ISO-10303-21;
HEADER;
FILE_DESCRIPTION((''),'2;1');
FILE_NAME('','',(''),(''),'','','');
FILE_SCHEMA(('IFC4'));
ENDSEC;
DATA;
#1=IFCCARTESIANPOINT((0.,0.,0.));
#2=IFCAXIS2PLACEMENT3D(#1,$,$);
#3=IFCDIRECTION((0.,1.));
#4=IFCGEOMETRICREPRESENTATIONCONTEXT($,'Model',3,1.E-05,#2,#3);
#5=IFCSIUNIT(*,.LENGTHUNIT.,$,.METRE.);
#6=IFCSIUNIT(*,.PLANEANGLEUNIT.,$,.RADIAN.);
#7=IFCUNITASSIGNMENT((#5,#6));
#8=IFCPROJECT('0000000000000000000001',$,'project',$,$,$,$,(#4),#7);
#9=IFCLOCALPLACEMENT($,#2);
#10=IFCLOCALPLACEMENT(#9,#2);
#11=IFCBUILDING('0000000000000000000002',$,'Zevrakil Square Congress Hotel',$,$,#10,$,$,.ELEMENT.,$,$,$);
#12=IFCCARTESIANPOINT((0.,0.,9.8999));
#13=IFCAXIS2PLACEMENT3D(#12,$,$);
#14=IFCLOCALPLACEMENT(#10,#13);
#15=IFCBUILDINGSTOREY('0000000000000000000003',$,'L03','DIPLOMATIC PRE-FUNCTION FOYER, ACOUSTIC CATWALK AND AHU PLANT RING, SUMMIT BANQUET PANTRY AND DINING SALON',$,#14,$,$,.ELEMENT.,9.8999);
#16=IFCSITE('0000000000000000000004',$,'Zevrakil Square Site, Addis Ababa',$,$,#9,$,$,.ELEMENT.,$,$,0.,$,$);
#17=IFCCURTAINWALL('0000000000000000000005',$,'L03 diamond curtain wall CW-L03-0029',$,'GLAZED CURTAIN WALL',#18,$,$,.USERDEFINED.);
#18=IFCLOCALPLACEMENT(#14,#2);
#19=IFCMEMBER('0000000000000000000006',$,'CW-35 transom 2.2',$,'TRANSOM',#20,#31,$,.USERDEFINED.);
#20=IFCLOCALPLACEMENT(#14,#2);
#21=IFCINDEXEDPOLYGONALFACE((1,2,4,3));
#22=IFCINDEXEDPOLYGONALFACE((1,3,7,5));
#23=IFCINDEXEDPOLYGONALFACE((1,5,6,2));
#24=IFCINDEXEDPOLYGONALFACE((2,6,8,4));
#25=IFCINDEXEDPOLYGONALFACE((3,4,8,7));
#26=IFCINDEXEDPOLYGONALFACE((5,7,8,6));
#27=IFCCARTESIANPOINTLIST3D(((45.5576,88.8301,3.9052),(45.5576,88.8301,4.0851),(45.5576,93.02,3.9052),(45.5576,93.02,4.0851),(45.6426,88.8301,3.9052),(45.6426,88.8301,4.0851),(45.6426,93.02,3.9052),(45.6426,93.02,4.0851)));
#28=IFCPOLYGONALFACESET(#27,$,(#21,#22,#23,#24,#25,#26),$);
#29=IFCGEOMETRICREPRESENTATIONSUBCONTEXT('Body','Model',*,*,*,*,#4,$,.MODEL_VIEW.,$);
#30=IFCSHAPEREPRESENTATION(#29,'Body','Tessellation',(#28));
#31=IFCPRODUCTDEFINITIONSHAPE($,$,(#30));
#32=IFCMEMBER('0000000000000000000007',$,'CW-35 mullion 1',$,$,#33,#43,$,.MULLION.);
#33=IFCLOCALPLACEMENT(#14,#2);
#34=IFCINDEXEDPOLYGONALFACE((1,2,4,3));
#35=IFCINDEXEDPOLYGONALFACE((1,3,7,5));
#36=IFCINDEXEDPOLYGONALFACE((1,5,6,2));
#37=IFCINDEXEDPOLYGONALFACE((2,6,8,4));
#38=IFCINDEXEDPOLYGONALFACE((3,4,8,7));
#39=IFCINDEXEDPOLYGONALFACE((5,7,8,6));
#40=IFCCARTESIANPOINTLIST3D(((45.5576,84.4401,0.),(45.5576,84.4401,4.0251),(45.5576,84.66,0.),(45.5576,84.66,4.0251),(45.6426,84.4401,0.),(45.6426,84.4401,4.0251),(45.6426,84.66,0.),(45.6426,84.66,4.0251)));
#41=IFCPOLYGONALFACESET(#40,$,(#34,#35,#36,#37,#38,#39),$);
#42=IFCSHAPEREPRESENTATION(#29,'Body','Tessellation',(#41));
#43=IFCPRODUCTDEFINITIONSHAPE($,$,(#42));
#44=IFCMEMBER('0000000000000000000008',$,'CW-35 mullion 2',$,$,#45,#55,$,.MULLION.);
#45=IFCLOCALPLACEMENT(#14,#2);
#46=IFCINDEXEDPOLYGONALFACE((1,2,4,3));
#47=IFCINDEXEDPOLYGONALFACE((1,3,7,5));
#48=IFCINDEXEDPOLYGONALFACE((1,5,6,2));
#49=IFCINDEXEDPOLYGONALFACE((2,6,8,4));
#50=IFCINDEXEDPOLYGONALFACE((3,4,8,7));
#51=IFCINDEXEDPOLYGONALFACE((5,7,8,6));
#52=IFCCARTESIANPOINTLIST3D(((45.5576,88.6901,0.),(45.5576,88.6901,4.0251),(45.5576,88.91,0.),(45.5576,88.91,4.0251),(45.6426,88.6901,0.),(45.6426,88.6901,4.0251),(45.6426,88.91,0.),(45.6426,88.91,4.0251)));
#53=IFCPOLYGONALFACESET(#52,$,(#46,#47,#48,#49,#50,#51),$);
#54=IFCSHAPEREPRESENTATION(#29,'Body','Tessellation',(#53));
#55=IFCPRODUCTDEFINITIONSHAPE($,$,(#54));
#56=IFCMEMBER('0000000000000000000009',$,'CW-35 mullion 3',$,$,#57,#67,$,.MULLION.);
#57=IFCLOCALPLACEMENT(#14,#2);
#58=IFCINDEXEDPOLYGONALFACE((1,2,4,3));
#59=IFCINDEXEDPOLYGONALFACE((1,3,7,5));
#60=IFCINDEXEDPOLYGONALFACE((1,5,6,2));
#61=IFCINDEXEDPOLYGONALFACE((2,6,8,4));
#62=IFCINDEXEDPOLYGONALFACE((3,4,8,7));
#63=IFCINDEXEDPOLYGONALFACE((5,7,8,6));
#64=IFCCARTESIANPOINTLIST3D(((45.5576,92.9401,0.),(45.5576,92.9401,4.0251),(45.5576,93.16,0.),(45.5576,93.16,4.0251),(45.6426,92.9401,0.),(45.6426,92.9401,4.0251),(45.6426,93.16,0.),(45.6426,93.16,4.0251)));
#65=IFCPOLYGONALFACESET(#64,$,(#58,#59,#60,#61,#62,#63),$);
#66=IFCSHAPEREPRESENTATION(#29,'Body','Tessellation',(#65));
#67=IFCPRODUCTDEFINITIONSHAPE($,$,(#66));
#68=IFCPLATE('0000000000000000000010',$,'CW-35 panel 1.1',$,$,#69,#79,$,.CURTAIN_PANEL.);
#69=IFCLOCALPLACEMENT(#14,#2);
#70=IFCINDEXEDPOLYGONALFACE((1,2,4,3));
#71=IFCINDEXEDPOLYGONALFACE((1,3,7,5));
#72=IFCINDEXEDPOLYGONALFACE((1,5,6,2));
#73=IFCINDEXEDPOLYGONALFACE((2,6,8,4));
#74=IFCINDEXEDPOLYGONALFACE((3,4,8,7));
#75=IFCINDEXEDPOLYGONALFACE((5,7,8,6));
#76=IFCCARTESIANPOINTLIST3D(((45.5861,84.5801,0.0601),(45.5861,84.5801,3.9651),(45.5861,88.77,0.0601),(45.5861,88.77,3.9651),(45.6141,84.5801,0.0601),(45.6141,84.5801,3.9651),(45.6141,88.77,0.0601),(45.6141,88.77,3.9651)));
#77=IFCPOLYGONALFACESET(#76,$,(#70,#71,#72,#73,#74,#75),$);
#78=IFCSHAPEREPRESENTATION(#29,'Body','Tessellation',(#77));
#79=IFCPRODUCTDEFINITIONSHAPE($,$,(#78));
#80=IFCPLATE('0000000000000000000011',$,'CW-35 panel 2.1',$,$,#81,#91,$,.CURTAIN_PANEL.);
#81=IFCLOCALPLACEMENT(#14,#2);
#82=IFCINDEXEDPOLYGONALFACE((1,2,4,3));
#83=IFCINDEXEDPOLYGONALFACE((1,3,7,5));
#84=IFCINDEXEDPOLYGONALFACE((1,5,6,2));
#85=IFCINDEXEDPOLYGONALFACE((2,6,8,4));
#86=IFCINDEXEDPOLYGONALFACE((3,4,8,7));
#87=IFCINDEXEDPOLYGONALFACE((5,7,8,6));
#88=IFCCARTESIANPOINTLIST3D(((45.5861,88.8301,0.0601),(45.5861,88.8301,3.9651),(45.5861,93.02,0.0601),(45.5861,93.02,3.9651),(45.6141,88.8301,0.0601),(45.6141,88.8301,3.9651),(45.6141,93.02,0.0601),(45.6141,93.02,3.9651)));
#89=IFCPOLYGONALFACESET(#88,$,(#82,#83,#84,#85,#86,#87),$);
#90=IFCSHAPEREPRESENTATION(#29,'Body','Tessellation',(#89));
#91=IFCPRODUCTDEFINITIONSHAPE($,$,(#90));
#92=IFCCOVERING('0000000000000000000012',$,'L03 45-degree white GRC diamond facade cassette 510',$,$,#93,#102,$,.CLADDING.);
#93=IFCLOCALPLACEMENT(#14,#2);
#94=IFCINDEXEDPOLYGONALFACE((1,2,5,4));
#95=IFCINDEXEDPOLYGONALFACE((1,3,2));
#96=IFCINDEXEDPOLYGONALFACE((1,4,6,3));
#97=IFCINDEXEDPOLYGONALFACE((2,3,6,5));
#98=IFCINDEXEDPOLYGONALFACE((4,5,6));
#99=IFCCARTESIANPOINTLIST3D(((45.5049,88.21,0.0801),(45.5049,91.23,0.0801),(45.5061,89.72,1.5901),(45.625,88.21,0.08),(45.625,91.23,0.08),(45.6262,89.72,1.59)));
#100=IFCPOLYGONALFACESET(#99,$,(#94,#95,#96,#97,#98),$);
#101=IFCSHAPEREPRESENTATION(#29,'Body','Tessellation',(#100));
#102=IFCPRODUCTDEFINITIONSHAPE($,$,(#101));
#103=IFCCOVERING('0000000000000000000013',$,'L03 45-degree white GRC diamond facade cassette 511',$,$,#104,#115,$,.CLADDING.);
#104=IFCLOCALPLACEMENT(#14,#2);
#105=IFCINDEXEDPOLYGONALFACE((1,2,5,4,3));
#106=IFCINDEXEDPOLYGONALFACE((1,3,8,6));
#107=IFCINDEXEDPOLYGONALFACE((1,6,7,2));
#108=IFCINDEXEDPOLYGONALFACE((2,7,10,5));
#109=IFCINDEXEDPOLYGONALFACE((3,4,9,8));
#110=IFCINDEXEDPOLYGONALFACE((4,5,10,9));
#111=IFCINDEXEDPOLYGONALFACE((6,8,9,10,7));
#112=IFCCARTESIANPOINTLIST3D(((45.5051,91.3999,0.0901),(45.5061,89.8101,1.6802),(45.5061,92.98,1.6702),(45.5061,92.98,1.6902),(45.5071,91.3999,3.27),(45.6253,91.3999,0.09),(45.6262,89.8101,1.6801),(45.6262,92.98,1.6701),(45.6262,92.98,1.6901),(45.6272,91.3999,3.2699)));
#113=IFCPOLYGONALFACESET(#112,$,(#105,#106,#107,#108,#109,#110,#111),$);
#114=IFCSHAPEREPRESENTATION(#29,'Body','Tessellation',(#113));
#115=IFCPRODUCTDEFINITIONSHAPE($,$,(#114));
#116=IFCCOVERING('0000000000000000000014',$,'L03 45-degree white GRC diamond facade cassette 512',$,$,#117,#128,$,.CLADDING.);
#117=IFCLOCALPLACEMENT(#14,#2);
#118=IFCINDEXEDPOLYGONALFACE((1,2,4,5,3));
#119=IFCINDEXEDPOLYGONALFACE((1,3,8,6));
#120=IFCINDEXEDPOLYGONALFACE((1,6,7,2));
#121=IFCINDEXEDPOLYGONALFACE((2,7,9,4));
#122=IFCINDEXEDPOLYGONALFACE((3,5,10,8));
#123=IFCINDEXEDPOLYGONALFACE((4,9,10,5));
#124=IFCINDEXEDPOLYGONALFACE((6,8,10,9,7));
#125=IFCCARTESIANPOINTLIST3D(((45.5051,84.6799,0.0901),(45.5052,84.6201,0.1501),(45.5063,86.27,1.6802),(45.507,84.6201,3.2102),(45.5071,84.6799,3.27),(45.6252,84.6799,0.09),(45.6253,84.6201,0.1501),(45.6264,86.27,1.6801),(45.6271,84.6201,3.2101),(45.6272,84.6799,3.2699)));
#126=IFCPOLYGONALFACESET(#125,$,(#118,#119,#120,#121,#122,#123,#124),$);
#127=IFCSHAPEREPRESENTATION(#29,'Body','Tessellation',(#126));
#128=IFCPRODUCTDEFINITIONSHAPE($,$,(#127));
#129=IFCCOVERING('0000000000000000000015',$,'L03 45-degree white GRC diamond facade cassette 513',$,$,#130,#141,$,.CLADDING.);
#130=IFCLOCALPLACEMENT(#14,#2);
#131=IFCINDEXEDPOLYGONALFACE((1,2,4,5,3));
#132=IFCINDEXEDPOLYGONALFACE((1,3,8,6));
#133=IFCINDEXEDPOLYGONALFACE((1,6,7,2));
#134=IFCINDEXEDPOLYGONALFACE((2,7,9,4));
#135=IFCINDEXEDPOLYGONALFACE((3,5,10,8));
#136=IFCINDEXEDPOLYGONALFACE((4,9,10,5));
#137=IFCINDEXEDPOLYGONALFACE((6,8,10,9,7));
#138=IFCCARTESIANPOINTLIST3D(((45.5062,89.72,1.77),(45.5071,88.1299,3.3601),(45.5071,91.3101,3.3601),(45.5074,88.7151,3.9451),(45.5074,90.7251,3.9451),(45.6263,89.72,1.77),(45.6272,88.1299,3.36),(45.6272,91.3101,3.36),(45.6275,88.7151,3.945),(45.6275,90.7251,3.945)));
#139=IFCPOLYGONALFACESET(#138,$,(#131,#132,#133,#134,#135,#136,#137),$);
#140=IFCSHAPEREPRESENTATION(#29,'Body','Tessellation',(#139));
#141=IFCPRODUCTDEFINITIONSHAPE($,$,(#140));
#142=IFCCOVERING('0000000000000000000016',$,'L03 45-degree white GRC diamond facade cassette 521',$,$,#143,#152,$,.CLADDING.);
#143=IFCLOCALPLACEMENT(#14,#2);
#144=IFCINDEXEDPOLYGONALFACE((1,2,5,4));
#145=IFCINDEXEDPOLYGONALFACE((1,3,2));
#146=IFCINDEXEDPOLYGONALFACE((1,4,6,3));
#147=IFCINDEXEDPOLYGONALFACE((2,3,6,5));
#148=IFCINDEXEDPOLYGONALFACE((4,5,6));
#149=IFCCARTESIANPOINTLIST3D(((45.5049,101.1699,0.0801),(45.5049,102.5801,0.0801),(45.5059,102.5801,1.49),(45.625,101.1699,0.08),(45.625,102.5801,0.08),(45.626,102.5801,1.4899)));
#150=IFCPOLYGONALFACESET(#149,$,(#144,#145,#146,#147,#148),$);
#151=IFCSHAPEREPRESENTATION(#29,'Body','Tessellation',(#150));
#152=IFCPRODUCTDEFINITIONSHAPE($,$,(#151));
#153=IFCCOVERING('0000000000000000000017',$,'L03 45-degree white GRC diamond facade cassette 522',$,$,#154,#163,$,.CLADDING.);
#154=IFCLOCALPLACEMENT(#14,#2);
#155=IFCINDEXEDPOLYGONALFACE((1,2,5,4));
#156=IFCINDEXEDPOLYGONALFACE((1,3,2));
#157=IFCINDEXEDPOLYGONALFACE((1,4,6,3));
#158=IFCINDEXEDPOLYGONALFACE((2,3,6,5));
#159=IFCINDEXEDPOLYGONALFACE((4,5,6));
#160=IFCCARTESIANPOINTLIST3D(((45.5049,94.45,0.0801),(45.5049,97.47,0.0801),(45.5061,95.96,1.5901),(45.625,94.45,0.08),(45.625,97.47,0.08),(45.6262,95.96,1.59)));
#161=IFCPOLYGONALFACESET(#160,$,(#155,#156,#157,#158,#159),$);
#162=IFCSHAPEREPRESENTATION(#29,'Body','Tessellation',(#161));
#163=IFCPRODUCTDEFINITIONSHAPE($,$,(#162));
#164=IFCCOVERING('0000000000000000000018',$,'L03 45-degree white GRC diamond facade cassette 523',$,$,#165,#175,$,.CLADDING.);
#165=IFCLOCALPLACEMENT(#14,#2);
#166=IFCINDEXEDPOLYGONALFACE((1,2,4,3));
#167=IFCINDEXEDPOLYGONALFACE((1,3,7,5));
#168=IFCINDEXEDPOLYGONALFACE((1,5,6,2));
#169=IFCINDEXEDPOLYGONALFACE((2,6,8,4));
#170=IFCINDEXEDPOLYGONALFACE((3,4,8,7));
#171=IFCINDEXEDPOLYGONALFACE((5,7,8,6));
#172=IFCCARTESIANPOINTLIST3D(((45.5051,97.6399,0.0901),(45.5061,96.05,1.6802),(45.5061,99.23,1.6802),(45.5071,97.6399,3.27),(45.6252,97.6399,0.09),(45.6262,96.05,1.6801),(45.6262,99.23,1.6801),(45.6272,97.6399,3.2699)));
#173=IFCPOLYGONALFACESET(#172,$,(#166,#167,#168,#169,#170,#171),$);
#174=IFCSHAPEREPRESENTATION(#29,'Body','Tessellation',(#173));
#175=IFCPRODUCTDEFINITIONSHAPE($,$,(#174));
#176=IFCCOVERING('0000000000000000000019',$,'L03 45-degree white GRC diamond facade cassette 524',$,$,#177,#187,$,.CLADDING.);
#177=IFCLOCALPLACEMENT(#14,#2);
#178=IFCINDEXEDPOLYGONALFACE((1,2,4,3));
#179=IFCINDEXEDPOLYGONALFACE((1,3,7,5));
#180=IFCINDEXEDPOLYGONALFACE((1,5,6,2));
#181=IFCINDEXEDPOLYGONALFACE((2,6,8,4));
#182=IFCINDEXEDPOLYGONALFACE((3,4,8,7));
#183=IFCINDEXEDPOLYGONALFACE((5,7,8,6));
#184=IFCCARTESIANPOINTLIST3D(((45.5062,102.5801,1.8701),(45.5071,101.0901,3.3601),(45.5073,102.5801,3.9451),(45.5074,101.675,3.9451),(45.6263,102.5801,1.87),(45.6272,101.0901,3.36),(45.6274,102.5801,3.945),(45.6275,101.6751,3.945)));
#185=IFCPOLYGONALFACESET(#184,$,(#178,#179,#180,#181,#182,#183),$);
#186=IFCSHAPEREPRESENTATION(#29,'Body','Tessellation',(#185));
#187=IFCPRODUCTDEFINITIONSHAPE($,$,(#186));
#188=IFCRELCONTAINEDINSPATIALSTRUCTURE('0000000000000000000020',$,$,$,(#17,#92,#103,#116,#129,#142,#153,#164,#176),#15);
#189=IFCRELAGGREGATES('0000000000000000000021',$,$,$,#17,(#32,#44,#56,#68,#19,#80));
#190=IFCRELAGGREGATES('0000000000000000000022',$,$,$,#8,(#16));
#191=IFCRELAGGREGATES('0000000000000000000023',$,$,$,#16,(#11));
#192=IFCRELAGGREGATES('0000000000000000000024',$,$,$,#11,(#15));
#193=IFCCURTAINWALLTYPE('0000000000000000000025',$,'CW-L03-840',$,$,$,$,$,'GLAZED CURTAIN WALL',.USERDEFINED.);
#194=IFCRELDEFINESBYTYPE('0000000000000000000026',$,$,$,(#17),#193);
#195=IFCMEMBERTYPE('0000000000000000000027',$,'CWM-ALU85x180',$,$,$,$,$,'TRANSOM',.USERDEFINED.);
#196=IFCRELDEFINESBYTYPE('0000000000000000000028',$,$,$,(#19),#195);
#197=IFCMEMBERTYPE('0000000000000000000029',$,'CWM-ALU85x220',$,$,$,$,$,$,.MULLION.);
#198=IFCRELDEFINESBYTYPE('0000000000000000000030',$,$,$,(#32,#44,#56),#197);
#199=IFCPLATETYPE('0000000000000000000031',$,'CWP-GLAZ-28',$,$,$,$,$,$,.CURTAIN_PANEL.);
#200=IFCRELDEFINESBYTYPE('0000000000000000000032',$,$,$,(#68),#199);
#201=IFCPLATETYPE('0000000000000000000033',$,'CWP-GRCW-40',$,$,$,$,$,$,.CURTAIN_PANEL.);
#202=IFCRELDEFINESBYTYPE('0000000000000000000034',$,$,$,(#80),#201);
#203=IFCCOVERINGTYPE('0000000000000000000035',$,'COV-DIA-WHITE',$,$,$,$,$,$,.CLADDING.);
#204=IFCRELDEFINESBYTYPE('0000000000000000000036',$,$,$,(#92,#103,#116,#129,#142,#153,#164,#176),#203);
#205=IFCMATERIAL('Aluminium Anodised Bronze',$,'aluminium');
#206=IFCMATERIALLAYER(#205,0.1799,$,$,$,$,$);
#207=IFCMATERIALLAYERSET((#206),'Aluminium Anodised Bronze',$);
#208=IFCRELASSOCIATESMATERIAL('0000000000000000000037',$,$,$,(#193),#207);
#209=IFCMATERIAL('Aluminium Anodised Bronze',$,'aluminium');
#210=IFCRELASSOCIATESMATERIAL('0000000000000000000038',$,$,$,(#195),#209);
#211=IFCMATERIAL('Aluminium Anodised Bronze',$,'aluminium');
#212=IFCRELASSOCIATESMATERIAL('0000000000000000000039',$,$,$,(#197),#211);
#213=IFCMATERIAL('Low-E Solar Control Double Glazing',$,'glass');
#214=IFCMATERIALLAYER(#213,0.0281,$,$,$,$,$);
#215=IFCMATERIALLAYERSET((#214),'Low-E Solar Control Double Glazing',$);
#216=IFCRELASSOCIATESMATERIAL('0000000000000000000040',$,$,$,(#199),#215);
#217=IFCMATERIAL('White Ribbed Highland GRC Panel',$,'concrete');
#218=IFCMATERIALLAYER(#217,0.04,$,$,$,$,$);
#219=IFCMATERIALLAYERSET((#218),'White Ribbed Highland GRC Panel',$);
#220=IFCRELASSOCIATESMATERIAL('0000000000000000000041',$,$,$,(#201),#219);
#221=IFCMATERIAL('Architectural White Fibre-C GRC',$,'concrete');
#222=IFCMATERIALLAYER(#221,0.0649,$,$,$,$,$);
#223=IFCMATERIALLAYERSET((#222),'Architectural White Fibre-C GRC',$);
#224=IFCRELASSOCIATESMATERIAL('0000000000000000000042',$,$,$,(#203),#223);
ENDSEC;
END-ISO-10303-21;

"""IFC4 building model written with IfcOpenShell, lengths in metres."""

from ifc_helpers import new_model, si_unit, direction, frame, origin, origin_2d, place, context, subcontext, project, spatial, polyline, rectangle, outline, extrude, material, layer, layer_set, material_profile, profile_set, type_object, element, aggregate, save


model = new_model("IFC4")

# Units and contexts
model_context = context("Model", 3, precision=1e-05, world=origin(), true_north=direction((0.0, 1.0)))
body_context = subcontext(model_context, "Body", "Model", "MODEL_VIEW")
ifc_project = project(units=[si_unit("LENGTHUNIT", "METRE"), si_unit("PLANEANGLEUNIT", "RADIAN")], contexts=[model_context])

# Site, building, storey
site_placement = place(None, origin())
site = spatial("IfcSite", under=ifc_project, at=site_placement, Name="Zevrakil Square Site, Addis Ababa", CompositionType="ELEMENT", RefElevation=0.0)
building_placement = place(site_placement, origin())
building = spatial("IfcBuilding", under=site, at=building_placement, Name="Zevrakil Square Congress Hotel", CompositionType="ELEMENT")
storey_placement = place(building_placement, frame((0.0, 0.0, 9.8999)))
storey = spatial("IfcBuildingStorey", under=building, at=storey_placement, Name="L03", Description="DIPLOMATIC PRE-FUNCTION FOYER, ACOUSTIC CATWALK AND AHU PLANT RING, SUMMIT BANQUET PANTRY AND DINING SALON", CompositionType="ELEMENT", Elevation=9.8999)

# Curtain wall, members, plates
ifc_material_1 = material(Name="Aluminium Anodised Bronze", Category="aluminium")
ifc_layer_1 = layer(ifc_material_1, 0.1799)
ifc_layer_set_1 = layer_set([ifc_layer_1], Name="Aluminium Anodised Bronze")
curtain_wall_type = type_object("IfcCurtainWallType", Name="CW-L03-840", ElementType="GLAZED CURTAIN WALL", PredefinedType="USERDEFINED", material=ifc_layer_set_1)
curtain_wall_placement = place(storey_placement, origin())
curtain_wall = element("IfcCurtainWall", 1, at=curtain_wall_placement, inside=storey, type_object=curtain_wall_type, Name="L03 diamond curtain wall CW-L03-0029", ObjectType="GLAZED CURTAIN WALL", PredefinedType="USERDEFINED")
ifc_material_2 = material(Name="Aluminium Anodised Bronze", Category="aluminium")
ifc_material_profile_1 = material_profile(ifc_material_2, rectangle(XDim=0.085, YDim=0.1799, at=origin_2d()), Name="ALU 85x180")
ifc_profile_set_1 = profile_set([ifc_material_profile_1], Name="Aluminium Anodised Bronze")
member_type_1 = type_object("IfcMemberType", Name="CWM-ALU85x180", ElementType="TRANSOM", PredefinedType="USERDEFINED", material=ifc_profile_set_1)
member_1_placement = place(storey_placement, frame((45.6001, 88.8301, 3.9951), z_axis=(0.0, 1.0, 0.0), x_axis=(-1.0, 0.0, 0.0)))
member_1 = element("IfcMember", 2, at=member_1_placement, type_object=member_type_1, Name="CW-35 transom 2.2", ObjectType="TRANSOM", PredefinedType="USERDEFINED", context=body_context, shape_type="SweptSolid", body=[
    extrude(rectangle(XDim=0.085, YDim=0.1799, at=origin_2d()), origin(), (0.0, 0.0, 1.0), 4.1899),
])
ifc_material_3 = material(Name="Aluminium Anodised Bronze", Category="aluminium")
ifc_material_profile_2 = material_profile(ifc_material_3, rectangle(XDim=0.085, YDim=0.22, at=origin_2d()), Name="ALU 85x220")
ifc_profile_set_2 = profile_set([ifc_material_profile_2], Name="Aluminium Anodised Bronze")
member_type_2 = type_object("IfcMemberType", Name="CWM-ALU85x220", PredefinedType="MULLION", material=ifc_profile_set_2)
member_2_placement = place(storey_placement, frame((45.6001, 84.55, 0.0), z_axis=(0.0, 0.0, 1.0), x_axis=(-1.0, 0.0, 0.0)))
member_2 = element("IfcMember", 3, at=member_2_placement, type_object=member_type_2, Name="CW-35 mullion 1", PredefinedType="MULLION", context=body_context, shape_type="SweptSolid", body=[
    extrude(rectangle(XDim=0.085, YDim=0.22, at=origin_2d()), origin(), (0.0, 0.0, 1.0), 4.0251),
])
member_3_placement = place(storey_placement, frame((45.6001, 88.8, 0.0), z_axis=(0.0, 0.0, 1.0), x_axis=(-1.0, 0.0, 0.0)))
member_3 = element("IfcMember", 4, at=member_3_placement, type_object=member_type_2, Name="CW-35 mullion 2", PredefinedType="MULLION", context=body_context, shape_type="SweptSolid", body=[
    extrude(rectangle(XDim=0.085, YDim=0.22, at=origin_2d()), origin(), (0.0, 0.0, 1.0), 4.0251),
])
member_4_placement = place(storey_placement, frame((45.6001, 93.05, 0.0), z_axis=(0.0, 0.0, 1.0), x_axis=(-1.0, 0.0, 0.0)))
member_4 = element("IfcMember", 5, at=member_4_placement, type_object=member_type_2, Name="CW-35 mullion 3", PredefinedType="MULLION", context=body_context, shape_type="SweptSolid", body=[
    extrude(rectangle(XDim=0.085, YDim=0.22, at=origin_2d()), origin(), (0.0, 0.0, 1.0), 4.0251),
])
ifc_material_4 = material(Name="Low-E Solar Control Double Glazing", Category="glass")
ifc_layer_2 = layer(ifc_material_4, 0.0281)
ifc_layer_set_2 = layer_set([ifc_layer_2], Name="Low-E Solar Control Double Glazing")
plate_type_1 = type_object("IfcPlateType", Name="CWP-GLAZ-28", PredefinedType="CURTAIN_PANEL", material=ifc_layer_set_2)
plate_1_placement = place(storey_placement, frame((45.6001, 86.675, 0.0601), z_axis=(0.0, 0.0, 1.0), x_axis=(0.0, 1.0, 0.0)))
plate_1 = element("IfcPlate", 6, at=plate_1_placement, type_object=plate_type_1, Name="CW-35 panel 1.1", PredefinedType="CURTAIN_PANEL", context=body_context, shape_type="SweptSolid", body=[
    extrude(rectangle(XDim=4.1899, YDim=0.0281, at=origin_2d()), origin(), (0.0, 0.0, 1.0), 3.905),
])
ifc_material_5 = material(Name="White Ribbed Highland GRC Panel", Category="concrete")
ifc_layer_3 = layer(ifc_material_5, 0.04)
ifc_layer_set_3 = layer_set([ifc_layer_3], Name="White Ribbed Highland GRC Panel")
plate_type_2 = type_object("IfcPlateType", Name="CWP-GRCW-40", PredefinedType="CURTAIN_PANEL", material=ifc_layer_set_3)
plate_2_placement = place(storey_placement, frame((45.6001, 90.925, 0.0601), z_axis=(0.0, 0.0, 1.0), x_axis=(0.0, 1.0, 0.0)))
plate_2 = element("IfcPlate", 7, at=plate_2_placement, type_object=plate_type_2, Name="CW-35 panel 2.1", PredefinedType="CURTAIN_PANEL", context=body_context, shape_type="SweptSolid", body=[
    extrude(rectangle(XDim=4.1899, YDim=0.0281, at=origin_2d()), origin(), (0.0, 0.0, 1.0), 3.905),
])
aggregate(curtain_wall, [member_2, member_3, member_4, plate_1, member_1, plate_2])

# Coverings
ifc_material_6 = material(Name="Architectural White Fibre-C GRC", Category="concrete")
ifc_layer_4 = layer(ifc_material_6, 0.0649)
ifc_layer_set_4 = layer_set([ifc_layer_4], Name="Architectural White Fibre-C GRC")
covering_type_1 = type_object("IfcCoveringType", Name="COV-DIA-WHITE", PredefinedType="CLADDING", material=ifc_layer_set_4)
covering_1_placement = place(storey_placement, frame((45.5061, 89.72, 1.5901), z_axis=(-1.0, 0.0, 0.000808), x_axis=(-0.000572, -0.707107, -0.707107)))
element("IfcCovering", 8, at=covering_1_placement, inside=storey, type_object=covering_type_1, Name="L03 45-degree white GRC diamond facade cassette 510", PredefinedType="CLADDING", context=body_context, shape_type="SweptSolid", body=[
    extrude(outline(polyline([(0.0, 0.0), (2.1355, 0.0), (0.0, -2.1355), (0.0, 0.0)])), origin(), (0.0, 0.0, -1.0), 0.1201),
])
covering_2_placement = place(storey_placement, frame((45.5071, 91.3999, 3.27), z_axis=(-1.0, 0.0, 0.000612), x_axis=(-0.000433, -0.707107, -0.707107)))
element("IfcCovering", 9, at=covering_2_placement, inside=storey, type_object=covering_type_1, Name="L03 45-degree white GRC diamond facade cassette 511", PredefinedType="CLADDING", context=body_context, shape_type="SweptSolid", body=[
    extrude(outline(polyline([(0.0, 0.0), (2.2484, 0.0), (2.2486, -2.2486), (0.014, -2.2486), (-0.0002, -2.2344), (0.0, 0.0)])), origin(), (0.0, 0.0, -1.0), 0.1201),
])
covering_3_placement = place(storey_placement, frame((45.5051, 84.6799, 0.0901), z_axis=(-1.0, 0.00014, 0.000612), x_axis=(0.000532, 0.707107, 0.707107)))
element("IfcCovering", 10, at=covering_3_placement, inside=storey, type_object=covering_type_1, Name="L03 45-degree white GRC diamond facade cassette 512", PredefinedType="CLADDING", context=body_context, shape_type="SweptSolid", body=[
    extrude(outline(polyline([(0.0, 0.0), (2.2487, 0.0), (2.2486, -2.2486), (2.164, -2.2486), (0.0002, -0.0848), (0.0, 0.0)])), origin(), (0.0, 0.0, -1.0), 0.1201),
])
covering_4_placement = place(storey_placement, frame((45.5071, 88.1299, 3.3601), z_axis=(-1.0, 0.0, 0.00054), x_axis=(-0.000382, 0.707107, -0.707107)))
element("IfcCovering", 11, at=covering_4_placement, inside=storey, type_object=covering_type_1, Name="L03 45-degree white GRC diamond facade cassette 513", PredefinedType="CLADDING", context=body_context, shape_type="SweptSolid", body=[
    extrude(outline(polyline([(0.0, 0.0), (2.2487, 0.0), (2.2487, -2.2487), (1.4215, -2.2487), (0.0002, -0.8274), (0.0, 0.0)])), origin(), (0.0, 0.0, -1.0), 0.1201),
])
covering_5_placement = place(storey_placement, frame((45.5049, 101.1699, 0.0801), z_axis=(-1.0, 0.0, 0.000693), x_axis=(0.0, 1.0, 0.0)))
element("IfcCovering", 12, at=covering_5_placement, inside=storey, type_object=covering_type_1, Name="L03 45-degree white GRC diamond facade cassette 521", PredefinedType="CLADDING", context=body_context, shape_type="SweptSolid", body=[
    extrude(outline(polyline([(0.0, 0.0), (1.4102, 0.0), (1.4102, -1.4099), (0.0, 0.0)])), origin(), (0.0, 0.0, -1.0), 0.1201),
])
covering_6_placement = place(storey_placement, frame((45.5061, 95.96, 1.5901), z_axis=(-1.0, 0.0, 0.000808), x_axis=(-0.000572, -0.707107, -0.707107)))
element("IfcCovering", 13, at=covering_6_placement, inside=storey, type_object=covering_type_1, Name="L03 45-degree white GRC diamond facade cassette 522", PredefinedType="CLADDING", context=body_context, shape_type="SweptSolid", body=[
    extrude(outline(polyline([(0.0, 0.0), (2.1355, 0.0), (0.0, -2.1355), (0.0, 0.0)])), origin(), (0.0, 0.0, -1.0), 0.1201),
])
covering_7_placement = place(storey_placement, frame((45.5071, 97.6399, 3.27), z_axis=(-1.0, 0.0, 0.000614), x_axis=(-0.000434, -0.707107, -0.707107)))
element("IfcCovering", 14, at=covering_7_placement, inside=storey, type_object=covering_type_1, Name="L03 45-degree white GRC diamond facade cassette 523", PredefinedType="CLADDING", context=body_context, shape_type="SweptSolid", body=[
    extrude(outline(polyline([(0.0, 0.0), (2.2484, 0.0), (2.2486, -2.2486), (-0.0002, -2.2486), (0.0, 0.0)])), origin(), (0.0, 0.0, -1.0), 0.1201),
])
covering_8_placement = place(storey_placement, frame((45.5071, 101.0901, 3.3601), z_axis=(-1.0, -0.000057, 0.000563), x_axis=(-0.000439, 0.707107, -0.707107)))
element("IfcCovering", 15, at=covering_8_placement, inside=storey, type_object=covering_type_1, Name="L03 45-degree white GRC diamond facade cassette 524", PredefinedType="CLADDING", context=body_context, shape_type="SweptSolid", body=[
    extrude(outline(polyline([(0.0, 0.0), (2.1072, 0.0), (0.64, -1.4672), (0.0, -0.8273), (0.0, 0.0)])), origin(), (0.0, 0.0, -1.0), 0.1201),
])

save(model, "model.ifc")
